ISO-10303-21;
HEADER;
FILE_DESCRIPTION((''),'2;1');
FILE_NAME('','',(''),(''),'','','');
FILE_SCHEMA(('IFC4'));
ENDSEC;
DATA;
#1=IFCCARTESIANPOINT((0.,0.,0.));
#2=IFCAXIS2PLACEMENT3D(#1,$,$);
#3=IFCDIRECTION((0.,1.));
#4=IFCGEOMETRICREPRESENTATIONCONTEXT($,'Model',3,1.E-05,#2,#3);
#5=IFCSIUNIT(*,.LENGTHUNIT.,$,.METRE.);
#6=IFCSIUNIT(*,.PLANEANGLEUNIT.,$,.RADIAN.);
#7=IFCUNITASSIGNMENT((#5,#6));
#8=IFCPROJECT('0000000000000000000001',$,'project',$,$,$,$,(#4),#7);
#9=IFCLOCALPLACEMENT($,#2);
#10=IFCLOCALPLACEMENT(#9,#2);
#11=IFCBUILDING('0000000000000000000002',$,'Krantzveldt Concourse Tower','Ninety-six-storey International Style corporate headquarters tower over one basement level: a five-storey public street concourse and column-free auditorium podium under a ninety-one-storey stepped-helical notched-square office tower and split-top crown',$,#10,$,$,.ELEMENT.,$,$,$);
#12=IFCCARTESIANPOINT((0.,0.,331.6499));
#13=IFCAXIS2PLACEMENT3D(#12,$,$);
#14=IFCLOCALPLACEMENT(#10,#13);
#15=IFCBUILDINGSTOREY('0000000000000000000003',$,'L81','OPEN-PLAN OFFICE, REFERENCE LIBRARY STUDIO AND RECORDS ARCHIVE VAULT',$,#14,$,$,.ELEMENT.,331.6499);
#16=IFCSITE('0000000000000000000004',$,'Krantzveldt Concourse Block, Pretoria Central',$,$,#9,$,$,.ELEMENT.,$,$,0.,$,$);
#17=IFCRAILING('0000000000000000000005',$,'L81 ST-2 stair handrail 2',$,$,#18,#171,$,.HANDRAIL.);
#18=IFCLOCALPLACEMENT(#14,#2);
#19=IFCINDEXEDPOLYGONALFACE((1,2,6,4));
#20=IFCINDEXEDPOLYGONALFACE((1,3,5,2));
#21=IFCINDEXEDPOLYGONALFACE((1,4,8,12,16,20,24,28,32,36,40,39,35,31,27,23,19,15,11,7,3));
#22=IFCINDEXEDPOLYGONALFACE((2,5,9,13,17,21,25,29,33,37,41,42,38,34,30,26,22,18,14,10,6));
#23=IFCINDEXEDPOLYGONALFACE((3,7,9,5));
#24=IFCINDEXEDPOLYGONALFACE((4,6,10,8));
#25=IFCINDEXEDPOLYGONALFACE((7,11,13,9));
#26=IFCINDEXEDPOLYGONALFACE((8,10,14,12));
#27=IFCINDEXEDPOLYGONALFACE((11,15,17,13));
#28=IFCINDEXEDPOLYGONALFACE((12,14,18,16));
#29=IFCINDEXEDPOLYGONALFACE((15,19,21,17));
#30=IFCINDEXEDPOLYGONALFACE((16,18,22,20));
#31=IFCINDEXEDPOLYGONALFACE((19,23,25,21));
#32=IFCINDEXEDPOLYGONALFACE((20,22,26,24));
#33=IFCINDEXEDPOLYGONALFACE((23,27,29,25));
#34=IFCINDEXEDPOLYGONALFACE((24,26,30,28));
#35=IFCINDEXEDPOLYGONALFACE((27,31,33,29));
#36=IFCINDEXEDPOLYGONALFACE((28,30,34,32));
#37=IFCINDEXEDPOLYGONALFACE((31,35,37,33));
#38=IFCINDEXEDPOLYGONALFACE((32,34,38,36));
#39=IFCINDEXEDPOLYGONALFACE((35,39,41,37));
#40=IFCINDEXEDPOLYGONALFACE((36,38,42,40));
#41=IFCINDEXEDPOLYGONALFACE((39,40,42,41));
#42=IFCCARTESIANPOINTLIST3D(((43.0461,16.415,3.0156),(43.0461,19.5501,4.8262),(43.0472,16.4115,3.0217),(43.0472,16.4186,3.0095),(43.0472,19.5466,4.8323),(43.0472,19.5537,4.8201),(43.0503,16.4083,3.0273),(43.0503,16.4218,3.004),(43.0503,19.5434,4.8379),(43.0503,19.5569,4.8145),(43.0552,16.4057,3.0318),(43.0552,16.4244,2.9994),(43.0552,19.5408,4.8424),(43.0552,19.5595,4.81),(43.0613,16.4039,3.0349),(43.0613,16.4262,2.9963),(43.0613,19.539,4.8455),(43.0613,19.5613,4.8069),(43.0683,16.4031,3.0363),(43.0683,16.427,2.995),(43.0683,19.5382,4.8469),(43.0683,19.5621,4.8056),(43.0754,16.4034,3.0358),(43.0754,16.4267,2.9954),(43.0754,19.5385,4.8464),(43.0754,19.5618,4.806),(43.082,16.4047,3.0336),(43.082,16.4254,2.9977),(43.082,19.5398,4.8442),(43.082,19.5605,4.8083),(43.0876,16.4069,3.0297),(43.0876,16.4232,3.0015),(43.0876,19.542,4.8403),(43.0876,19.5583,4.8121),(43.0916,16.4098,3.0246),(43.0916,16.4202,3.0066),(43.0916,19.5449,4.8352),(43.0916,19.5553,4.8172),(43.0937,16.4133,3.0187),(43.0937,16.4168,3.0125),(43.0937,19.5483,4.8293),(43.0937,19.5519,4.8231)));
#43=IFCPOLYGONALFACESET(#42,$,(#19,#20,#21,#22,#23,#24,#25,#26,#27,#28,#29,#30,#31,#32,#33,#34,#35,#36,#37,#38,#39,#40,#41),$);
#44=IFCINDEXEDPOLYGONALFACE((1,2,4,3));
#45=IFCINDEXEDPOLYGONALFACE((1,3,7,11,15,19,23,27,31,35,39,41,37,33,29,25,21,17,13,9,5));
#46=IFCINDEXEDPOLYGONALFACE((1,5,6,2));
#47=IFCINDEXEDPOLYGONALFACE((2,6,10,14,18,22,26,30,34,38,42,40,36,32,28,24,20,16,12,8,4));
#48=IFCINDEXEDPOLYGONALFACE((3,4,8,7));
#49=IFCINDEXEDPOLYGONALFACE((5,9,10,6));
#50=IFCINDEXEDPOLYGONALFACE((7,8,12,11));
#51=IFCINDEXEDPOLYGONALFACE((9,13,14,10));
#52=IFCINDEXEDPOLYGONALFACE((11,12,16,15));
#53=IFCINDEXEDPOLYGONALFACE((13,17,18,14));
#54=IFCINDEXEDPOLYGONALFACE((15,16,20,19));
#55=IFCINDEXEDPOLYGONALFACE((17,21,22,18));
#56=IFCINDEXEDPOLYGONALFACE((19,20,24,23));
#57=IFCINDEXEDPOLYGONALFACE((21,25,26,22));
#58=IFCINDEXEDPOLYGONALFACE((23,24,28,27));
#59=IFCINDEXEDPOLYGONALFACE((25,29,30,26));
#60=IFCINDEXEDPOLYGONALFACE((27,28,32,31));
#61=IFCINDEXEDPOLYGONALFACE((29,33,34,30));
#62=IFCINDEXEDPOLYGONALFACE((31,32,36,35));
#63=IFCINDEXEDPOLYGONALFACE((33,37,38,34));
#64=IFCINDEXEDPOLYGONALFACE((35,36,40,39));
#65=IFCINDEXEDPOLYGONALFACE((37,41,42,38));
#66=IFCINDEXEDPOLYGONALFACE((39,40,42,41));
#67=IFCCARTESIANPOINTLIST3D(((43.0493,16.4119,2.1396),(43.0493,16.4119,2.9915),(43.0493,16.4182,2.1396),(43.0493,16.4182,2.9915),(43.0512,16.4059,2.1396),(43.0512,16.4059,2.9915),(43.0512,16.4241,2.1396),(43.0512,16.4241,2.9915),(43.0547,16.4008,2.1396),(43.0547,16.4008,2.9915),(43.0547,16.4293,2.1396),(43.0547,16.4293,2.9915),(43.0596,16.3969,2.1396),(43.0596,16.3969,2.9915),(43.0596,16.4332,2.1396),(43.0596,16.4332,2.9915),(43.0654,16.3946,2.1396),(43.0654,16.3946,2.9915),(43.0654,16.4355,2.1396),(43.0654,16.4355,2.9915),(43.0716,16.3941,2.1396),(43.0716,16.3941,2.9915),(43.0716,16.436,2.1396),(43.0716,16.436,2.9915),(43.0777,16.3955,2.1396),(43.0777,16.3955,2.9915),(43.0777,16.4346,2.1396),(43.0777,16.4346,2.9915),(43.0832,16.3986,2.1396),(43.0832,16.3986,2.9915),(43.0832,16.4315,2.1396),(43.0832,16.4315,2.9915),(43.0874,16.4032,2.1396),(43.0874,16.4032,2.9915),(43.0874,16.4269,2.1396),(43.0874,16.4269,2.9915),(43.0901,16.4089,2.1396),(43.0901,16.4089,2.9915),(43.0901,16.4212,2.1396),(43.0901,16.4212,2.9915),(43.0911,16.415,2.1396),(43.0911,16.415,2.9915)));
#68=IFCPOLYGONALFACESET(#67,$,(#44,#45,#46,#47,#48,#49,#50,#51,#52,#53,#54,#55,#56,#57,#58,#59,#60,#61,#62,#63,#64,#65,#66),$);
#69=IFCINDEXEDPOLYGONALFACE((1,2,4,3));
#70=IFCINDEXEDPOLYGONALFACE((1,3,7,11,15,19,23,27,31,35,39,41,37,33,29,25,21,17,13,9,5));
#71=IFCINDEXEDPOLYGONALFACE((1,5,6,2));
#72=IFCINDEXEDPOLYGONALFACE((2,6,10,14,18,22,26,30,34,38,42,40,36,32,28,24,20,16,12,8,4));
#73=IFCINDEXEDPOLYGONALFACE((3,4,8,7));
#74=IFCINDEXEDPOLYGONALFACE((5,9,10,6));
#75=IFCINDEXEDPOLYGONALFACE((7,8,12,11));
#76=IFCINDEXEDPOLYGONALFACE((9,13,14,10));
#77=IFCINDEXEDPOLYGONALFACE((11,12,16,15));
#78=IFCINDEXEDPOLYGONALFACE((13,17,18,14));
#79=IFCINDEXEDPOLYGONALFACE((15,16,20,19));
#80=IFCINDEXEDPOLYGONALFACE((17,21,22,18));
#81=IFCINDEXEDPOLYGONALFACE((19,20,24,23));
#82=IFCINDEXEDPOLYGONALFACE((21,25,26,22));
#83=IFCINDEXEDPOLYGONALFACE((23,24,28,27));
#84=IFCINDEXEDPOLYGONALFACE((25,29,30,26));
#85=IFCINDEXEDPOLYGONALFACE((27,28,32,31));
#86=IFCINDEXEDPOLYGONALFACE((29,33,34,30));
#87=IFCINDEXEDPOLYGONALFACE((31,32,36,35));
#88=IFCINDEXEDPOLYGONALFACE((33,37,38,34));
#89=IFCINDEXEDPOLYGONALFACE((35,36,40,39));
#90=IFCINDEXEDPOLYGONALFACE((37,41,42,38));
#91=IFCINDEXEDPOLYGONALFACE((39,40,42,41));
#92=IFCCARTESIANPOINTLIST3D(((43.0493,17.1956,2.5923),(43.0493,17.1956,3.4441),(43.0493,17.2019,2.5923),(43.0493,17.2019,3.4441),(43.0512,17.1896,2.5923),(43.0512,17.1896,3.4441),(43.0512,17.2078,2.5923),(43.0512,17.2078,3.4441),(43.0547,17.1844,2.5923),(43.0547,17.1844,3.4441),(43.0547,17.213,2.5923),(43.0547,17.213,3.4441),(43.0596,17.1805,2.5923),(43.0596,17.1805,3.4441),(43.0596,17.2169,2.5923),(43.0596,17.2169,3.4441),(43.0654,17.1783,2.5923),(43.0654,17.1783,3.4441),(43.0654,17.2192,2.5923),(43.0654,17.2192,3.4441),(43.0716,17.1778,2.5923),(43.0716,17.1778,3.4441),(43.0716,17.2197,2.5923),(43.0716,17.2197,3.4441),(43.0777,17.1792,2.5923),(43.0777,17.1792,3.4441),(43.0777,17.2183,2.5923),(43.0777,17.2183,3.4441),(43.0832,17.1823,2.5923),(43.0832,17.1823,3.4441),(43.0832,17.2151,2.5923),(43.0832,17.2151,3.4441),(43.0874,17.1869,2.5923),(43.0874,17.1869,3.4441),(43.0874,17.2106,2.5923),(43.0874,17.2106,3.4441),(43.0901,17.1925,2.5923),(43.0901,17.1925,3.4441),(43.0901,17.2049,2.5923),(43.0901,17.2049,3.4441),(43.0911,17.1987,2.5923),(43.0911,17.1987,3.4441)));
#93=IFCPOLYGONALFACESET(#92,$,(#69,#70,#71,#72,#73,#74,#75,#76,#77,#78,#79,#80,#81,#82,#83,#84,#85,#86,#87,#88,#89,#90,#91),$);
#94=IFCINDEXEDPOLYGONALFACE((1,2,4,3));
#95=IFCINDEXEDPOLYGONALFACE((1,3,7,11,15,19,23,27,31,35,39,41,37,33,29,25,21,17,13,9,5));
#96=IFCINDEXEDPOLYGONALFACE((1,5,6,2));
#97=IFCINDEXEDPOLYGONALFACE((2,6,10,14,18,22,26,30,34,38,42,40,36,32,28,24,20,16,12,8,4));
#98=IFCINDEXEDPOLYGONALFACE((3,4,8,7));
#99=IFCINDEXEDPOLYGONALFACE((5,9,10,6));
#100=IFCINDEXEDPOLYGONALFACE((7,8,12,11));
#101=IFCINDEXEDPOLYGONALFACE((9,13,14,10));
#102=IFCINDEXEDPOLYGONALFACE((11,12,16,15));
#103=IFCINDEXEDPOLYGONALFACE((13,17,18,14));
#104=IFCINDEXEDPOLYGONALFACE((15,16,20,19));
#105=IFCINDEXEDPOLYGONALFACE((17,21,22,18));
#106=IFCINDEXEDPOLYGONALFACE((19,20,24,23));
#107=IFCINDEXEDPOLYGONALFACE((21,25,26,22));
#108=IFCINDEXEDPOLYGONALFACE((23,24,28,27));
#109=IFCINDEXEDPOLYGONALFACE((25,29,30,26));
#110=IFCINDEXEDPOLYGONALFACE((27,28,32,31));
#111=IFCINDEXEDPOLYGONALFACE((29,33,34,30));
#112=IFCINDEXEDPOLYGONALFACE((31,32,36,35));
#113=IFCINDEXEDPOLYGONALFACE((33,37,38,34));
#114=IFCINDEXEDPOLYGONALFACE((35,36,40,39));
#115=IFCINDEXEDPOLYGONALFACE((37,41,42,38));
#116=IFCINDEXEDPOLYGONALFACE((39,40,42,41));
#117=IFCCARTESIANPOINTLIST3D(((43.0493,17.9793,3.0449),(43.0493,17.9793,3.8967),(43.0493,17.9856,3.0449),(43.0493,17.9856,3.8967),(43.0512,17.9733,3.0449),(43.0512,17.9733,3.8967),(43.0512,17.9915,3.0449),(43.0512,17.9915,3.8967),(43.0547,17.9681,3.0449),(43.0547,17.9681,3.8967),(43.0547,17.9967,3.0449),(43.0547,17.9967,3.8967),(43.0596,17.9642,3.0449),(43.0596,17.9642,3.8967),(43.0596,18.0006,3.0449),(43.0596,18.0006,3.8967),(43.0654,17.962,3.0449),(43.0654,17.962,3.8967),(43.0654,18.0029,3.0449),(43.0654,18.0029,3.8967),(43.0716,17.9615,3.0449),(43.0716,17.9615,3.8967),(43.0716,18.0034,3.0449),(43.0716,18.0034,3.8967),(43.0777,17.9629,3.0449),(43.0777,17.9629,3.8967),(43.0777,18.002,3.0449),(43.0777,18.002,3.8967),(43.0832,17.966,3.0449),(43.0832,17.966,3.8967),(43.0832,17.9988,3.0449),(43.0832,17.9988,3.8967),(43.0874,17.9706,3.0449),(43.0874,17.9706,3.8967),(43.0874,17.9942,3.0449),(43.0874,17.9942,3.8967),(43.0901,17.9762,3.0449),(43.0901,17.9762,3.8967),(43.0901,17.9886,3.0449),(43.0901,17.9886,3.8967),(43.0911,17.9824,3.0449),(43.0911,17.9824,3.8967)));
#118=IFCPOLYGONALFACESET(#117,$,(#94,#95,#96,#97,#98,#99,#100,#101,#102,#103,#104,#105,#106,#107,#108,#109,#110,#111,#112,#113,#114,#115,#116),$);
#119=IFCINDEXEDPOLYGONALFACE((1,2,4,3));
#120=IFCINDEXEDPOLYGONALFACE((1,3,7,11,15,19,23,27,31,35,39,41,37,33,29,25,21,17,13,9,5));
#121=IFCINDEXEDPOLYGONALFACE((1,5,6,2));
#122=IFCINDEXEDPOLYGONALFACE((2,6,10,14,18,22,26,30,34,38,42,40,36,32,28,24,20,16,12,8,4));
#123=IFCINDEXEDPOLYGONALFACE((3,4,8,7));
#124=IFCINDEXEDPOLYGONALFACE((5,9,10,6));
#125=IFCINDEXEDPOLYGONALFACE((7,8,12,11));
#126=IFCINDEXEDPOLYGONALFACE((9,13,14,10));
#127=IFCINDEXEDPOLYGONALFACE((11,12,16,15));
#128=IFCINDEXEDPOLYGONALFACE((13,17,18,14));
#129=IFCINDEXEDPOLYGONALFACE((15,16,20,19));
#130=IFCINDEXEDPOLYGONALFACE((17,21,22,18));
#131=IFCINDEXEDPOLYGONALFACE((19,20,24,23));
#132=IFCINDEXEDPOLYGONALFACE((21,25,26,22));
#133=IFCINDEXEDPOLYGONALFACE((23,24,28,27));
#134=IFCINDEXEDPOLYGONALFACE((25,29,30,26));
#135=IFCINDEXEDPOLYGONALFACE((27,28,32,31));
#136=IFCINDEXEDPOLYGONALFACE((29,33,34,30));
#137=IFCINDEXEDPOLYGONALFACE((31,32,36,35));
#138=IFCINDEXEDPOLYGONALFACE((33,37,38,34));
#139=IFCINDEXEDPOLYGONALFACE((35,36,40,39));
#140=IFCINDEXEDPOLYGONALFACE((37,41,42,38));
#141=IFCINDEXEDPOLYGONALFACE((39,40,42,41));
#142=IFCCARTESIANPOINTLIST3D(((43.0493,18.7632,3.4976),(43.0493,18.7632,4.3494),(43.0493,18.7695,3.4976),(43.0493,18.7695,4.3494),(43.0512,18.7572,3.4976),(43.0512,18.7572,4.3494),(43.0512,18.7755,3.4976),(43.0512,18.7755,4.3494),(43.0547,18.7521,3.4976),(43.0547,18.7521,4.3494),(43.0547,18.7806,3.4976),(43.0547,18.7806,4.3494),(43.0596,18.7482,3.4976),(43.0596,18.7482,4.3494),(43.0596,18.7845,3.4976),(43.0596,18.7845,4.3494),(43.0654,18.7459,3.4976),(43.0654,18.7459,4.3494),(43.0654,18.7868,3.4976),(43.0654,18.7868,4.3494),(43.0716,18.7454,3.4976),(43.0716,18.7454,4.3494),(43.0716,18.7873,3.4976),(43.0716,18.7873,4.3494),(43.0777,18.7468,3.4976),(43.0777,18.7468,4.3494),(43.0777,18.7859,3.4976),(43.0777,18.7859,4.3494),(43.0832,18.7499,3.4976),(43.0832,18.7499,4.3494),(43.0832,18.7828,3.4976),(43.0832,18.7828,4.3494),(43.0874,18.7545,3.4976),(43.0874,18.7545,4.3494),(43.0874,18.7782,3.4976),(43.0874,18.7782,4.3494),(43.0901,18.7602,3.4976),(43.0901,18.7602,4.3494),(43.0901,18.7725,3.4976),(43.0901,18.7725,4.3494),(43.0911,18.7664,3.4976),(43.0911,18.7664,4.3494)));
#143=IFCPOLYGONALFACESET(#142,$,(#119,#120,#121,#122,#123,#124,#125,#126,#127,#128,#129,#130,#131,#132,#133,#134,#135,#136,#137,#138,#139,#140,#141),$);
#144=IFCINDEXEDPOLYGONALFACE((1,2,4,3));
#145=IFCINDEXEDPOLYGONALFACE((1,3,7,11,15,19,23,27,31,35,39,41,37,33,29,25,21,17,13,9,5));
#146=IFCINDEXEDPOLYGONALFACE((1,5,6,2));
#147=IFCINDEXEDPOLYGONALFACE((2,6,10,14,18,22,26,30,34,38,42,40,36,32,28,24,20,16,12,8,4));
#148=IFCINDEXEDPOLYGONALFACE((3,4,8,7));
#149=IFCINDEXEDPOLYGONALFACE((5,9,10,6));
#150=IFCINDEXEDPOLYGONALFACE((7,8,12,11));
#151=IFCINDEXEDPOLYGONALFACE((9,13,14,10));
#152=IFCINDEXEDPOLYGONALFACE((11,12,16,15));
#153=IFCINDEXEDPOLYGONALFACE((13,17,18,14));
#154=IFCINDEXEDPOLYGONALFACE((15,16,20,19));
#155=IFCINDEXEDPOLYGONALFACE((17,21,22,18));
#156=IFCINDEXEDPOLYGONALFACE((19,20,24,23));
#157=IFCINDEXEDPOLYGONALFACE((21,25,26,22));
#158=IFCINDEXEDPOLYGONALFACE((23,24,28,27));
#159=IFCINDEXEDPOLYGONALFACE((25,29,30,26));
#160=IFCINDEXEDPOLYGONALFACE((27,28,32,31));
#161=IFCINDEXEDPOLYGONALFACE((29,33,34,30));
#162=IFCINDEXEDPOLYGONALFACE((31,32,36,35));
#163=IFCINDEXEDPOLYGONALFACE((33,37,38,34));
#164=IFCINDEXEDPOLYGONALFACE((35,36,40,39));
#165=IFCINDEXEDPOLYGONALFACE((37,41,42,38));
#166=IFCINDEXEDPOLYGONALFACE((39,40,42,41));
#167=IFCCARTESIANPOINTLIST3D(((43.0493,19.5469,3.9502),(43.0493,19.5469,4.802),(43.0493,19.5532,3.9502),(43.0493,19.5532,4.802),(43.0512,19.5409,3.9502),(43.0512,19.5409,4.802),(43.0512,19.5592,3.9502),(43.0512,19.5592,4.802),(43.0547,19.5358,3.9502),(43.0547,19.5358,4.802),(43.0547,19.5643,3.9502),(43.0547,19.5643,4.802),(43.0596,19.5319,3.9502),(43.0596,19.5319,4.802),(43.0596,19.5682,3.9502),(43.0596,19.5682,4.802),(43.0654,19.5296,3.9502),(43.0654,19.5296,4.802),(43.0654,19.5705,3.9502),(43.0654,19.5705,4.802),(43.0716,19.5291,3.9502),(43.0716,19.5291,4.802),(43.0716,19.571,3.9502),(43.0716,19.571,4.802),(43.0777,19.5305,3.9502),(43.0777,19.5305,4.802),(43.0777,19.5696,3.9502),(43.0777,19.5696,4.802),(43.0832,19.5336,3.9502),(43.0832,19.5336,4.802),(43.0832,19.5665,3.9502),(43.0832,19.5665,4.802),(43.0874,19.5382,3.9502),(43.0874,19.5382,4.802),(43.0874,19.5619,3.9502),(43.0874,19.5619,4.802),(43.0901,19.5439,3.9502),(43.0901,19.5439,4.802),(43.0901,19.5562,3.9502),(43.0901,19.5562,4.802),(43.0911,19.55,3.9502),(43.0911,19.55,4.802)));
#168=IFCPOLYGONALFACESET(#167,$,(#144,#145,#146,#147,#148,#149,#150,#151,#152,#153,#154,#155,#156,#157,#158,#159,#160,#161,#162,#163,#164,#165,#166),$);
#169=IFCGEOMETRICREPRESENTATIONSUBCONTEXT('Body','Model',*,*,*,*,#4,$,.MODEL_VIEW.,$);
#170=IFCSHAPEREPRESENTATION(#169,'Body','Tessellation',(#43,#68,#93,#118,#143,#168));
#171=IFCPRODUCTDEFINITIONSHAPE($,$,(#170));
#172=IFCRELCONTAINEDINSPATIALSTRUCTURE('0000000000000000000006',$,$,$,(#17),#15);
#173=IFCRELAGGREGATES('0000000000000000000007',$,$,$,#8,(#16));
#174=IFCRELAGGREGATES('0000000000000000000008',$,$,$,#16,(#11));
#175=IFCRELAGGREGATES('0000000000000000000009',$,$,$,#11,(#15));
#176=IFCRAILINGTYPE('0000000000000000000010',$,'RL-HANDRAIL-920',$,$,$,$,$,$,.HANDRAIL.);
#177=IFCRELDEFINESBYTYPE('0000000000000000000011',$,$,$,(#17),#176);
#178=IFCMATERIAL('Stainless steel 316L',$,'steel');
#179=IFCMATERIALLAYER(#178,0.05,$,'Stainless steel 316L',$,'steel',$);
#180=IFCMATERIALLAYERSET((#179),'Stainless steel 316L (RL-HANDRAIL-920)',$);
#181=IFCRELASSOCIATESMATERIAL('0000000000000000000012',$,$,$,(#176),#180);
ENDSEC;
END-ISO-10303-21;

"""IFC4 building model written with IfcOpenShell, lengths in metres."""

from ifc_helpers import new_model, si_unit, direction, frame, origin, origin_2d, place, context, subcontext, project, spatial, circle, extrude, material, layer, layer_set, type_object, element, save


model = new_model("IFC4")

# Units and contexts
model_context = context("Model", 3, precision=1e-05, world=origin(), true_north=direction((0.0, 1.0)))
body_context = subcontext(model_context, "Body", "Model", "MODEL_VIEW")
ifc_project = project(units=[si_unit("LENGTHUNIT", "METRE"), si_unit("PLANEANGLEUNIT", "RADIAN")], contexts=[model_context])

# Site, building, storey
site_placement = place(None, origin())
site = spatial("IfcSite", under=ifc_project, at=site_placement, Name="Krantzveldt Concourse Block, Pretoria Central", CompositionType="ELEMENT", RefElevation=0.0)
building_placement = place(site_placement, origin())
building = spatial("IfcBuilding", under=site, at=building_placement, Name="Krantzveldt Concourse Tower", Description="Ninety-six-storey International Style corporate headquarters tower over one basement level: a five-storey public street concourse and column-free auditorium podium under a ninety-one-storey stepped-helical notched-square office tower and split-top crown", CompositionType="ELEMENT")
storey_placement = place(building_placement, frame((0.0, 0.0, 331.6499)))
storey = spatial("IfcBuildingStorey", under=building, at=storey_placement, Name="L81", Description="OPEN-PLAN OFFICE, REFERENCE LIBRARY STUDIO AND RECORDS ARCHIVE VAULT", CompositionType="ELEMENT", Elevation=331.6499)

# Railing
ifc_material_1 = material(Name="Stainless steel 316L", Category="steel")
ifc_layer_1 = layer(ifc_material_1, 0.05, Name="Stainless steel 316L", Category="steel")
ifc_layer_set_1 = layer_set([ifc_layer_1], Name="Stainless steel 316L (RL-HANDRAIL-920)")
railing_type = type_object("IfcRailingType", Name="RL-HANDRAIL-920", PredefinedType="HANDRAIL", material=ifc_layer_set_1)
railing_placement = place(storey_placement, frame((43.0701, 16.415, 2.1396)))
element("IfcRailing", 1, at=railing_placement, inside=storey, type_object=railing_type, Name="L81 ST-2 stair handrail 2", PredefinedType="HANDRAIL", context=body_context, shape_type="SweptSolid", body=[
    extrude(circle(Radius=0.0239, at=origin_2d()), frame((0.0, 0.0, 0.876), z_axis=(0.0, 0.86596, 0.500114), x_axis=(-1.0, 0.0, 0.0)), (0.0, 0.0, 1.0), 3.6204),
    extrude(circle(Radius=0.021, at=origin_2d()), origin(), (0.0, 0.0, 1.0), 0.8518),
    extrude(circle(Radius=0.021, at=origin_2d()), frame((0.0, 0.7837, 0.4526)), (0.0, 0.0, 1.0), 0.8518),
    extrude(circle(Radius=0.021, at=origin_2d()), frame((0.0, 1.5674, 0.9053)), (0.0, 0.0, 1.0), 0.8518),
    extrude(circle(Radius=0.021, at=origin_2d()), frame((0.0, 2.3513, 1.3579)), (0.0, 0.0, 1.0), 0.8518),
    extrude(circle(Radius=0.021, at=origin_2d()), frame((0.0, 3.135, 1.8105)), (0.0, 0.0, 1.0), 0.8518),
])

save(model, "model.ifc")
